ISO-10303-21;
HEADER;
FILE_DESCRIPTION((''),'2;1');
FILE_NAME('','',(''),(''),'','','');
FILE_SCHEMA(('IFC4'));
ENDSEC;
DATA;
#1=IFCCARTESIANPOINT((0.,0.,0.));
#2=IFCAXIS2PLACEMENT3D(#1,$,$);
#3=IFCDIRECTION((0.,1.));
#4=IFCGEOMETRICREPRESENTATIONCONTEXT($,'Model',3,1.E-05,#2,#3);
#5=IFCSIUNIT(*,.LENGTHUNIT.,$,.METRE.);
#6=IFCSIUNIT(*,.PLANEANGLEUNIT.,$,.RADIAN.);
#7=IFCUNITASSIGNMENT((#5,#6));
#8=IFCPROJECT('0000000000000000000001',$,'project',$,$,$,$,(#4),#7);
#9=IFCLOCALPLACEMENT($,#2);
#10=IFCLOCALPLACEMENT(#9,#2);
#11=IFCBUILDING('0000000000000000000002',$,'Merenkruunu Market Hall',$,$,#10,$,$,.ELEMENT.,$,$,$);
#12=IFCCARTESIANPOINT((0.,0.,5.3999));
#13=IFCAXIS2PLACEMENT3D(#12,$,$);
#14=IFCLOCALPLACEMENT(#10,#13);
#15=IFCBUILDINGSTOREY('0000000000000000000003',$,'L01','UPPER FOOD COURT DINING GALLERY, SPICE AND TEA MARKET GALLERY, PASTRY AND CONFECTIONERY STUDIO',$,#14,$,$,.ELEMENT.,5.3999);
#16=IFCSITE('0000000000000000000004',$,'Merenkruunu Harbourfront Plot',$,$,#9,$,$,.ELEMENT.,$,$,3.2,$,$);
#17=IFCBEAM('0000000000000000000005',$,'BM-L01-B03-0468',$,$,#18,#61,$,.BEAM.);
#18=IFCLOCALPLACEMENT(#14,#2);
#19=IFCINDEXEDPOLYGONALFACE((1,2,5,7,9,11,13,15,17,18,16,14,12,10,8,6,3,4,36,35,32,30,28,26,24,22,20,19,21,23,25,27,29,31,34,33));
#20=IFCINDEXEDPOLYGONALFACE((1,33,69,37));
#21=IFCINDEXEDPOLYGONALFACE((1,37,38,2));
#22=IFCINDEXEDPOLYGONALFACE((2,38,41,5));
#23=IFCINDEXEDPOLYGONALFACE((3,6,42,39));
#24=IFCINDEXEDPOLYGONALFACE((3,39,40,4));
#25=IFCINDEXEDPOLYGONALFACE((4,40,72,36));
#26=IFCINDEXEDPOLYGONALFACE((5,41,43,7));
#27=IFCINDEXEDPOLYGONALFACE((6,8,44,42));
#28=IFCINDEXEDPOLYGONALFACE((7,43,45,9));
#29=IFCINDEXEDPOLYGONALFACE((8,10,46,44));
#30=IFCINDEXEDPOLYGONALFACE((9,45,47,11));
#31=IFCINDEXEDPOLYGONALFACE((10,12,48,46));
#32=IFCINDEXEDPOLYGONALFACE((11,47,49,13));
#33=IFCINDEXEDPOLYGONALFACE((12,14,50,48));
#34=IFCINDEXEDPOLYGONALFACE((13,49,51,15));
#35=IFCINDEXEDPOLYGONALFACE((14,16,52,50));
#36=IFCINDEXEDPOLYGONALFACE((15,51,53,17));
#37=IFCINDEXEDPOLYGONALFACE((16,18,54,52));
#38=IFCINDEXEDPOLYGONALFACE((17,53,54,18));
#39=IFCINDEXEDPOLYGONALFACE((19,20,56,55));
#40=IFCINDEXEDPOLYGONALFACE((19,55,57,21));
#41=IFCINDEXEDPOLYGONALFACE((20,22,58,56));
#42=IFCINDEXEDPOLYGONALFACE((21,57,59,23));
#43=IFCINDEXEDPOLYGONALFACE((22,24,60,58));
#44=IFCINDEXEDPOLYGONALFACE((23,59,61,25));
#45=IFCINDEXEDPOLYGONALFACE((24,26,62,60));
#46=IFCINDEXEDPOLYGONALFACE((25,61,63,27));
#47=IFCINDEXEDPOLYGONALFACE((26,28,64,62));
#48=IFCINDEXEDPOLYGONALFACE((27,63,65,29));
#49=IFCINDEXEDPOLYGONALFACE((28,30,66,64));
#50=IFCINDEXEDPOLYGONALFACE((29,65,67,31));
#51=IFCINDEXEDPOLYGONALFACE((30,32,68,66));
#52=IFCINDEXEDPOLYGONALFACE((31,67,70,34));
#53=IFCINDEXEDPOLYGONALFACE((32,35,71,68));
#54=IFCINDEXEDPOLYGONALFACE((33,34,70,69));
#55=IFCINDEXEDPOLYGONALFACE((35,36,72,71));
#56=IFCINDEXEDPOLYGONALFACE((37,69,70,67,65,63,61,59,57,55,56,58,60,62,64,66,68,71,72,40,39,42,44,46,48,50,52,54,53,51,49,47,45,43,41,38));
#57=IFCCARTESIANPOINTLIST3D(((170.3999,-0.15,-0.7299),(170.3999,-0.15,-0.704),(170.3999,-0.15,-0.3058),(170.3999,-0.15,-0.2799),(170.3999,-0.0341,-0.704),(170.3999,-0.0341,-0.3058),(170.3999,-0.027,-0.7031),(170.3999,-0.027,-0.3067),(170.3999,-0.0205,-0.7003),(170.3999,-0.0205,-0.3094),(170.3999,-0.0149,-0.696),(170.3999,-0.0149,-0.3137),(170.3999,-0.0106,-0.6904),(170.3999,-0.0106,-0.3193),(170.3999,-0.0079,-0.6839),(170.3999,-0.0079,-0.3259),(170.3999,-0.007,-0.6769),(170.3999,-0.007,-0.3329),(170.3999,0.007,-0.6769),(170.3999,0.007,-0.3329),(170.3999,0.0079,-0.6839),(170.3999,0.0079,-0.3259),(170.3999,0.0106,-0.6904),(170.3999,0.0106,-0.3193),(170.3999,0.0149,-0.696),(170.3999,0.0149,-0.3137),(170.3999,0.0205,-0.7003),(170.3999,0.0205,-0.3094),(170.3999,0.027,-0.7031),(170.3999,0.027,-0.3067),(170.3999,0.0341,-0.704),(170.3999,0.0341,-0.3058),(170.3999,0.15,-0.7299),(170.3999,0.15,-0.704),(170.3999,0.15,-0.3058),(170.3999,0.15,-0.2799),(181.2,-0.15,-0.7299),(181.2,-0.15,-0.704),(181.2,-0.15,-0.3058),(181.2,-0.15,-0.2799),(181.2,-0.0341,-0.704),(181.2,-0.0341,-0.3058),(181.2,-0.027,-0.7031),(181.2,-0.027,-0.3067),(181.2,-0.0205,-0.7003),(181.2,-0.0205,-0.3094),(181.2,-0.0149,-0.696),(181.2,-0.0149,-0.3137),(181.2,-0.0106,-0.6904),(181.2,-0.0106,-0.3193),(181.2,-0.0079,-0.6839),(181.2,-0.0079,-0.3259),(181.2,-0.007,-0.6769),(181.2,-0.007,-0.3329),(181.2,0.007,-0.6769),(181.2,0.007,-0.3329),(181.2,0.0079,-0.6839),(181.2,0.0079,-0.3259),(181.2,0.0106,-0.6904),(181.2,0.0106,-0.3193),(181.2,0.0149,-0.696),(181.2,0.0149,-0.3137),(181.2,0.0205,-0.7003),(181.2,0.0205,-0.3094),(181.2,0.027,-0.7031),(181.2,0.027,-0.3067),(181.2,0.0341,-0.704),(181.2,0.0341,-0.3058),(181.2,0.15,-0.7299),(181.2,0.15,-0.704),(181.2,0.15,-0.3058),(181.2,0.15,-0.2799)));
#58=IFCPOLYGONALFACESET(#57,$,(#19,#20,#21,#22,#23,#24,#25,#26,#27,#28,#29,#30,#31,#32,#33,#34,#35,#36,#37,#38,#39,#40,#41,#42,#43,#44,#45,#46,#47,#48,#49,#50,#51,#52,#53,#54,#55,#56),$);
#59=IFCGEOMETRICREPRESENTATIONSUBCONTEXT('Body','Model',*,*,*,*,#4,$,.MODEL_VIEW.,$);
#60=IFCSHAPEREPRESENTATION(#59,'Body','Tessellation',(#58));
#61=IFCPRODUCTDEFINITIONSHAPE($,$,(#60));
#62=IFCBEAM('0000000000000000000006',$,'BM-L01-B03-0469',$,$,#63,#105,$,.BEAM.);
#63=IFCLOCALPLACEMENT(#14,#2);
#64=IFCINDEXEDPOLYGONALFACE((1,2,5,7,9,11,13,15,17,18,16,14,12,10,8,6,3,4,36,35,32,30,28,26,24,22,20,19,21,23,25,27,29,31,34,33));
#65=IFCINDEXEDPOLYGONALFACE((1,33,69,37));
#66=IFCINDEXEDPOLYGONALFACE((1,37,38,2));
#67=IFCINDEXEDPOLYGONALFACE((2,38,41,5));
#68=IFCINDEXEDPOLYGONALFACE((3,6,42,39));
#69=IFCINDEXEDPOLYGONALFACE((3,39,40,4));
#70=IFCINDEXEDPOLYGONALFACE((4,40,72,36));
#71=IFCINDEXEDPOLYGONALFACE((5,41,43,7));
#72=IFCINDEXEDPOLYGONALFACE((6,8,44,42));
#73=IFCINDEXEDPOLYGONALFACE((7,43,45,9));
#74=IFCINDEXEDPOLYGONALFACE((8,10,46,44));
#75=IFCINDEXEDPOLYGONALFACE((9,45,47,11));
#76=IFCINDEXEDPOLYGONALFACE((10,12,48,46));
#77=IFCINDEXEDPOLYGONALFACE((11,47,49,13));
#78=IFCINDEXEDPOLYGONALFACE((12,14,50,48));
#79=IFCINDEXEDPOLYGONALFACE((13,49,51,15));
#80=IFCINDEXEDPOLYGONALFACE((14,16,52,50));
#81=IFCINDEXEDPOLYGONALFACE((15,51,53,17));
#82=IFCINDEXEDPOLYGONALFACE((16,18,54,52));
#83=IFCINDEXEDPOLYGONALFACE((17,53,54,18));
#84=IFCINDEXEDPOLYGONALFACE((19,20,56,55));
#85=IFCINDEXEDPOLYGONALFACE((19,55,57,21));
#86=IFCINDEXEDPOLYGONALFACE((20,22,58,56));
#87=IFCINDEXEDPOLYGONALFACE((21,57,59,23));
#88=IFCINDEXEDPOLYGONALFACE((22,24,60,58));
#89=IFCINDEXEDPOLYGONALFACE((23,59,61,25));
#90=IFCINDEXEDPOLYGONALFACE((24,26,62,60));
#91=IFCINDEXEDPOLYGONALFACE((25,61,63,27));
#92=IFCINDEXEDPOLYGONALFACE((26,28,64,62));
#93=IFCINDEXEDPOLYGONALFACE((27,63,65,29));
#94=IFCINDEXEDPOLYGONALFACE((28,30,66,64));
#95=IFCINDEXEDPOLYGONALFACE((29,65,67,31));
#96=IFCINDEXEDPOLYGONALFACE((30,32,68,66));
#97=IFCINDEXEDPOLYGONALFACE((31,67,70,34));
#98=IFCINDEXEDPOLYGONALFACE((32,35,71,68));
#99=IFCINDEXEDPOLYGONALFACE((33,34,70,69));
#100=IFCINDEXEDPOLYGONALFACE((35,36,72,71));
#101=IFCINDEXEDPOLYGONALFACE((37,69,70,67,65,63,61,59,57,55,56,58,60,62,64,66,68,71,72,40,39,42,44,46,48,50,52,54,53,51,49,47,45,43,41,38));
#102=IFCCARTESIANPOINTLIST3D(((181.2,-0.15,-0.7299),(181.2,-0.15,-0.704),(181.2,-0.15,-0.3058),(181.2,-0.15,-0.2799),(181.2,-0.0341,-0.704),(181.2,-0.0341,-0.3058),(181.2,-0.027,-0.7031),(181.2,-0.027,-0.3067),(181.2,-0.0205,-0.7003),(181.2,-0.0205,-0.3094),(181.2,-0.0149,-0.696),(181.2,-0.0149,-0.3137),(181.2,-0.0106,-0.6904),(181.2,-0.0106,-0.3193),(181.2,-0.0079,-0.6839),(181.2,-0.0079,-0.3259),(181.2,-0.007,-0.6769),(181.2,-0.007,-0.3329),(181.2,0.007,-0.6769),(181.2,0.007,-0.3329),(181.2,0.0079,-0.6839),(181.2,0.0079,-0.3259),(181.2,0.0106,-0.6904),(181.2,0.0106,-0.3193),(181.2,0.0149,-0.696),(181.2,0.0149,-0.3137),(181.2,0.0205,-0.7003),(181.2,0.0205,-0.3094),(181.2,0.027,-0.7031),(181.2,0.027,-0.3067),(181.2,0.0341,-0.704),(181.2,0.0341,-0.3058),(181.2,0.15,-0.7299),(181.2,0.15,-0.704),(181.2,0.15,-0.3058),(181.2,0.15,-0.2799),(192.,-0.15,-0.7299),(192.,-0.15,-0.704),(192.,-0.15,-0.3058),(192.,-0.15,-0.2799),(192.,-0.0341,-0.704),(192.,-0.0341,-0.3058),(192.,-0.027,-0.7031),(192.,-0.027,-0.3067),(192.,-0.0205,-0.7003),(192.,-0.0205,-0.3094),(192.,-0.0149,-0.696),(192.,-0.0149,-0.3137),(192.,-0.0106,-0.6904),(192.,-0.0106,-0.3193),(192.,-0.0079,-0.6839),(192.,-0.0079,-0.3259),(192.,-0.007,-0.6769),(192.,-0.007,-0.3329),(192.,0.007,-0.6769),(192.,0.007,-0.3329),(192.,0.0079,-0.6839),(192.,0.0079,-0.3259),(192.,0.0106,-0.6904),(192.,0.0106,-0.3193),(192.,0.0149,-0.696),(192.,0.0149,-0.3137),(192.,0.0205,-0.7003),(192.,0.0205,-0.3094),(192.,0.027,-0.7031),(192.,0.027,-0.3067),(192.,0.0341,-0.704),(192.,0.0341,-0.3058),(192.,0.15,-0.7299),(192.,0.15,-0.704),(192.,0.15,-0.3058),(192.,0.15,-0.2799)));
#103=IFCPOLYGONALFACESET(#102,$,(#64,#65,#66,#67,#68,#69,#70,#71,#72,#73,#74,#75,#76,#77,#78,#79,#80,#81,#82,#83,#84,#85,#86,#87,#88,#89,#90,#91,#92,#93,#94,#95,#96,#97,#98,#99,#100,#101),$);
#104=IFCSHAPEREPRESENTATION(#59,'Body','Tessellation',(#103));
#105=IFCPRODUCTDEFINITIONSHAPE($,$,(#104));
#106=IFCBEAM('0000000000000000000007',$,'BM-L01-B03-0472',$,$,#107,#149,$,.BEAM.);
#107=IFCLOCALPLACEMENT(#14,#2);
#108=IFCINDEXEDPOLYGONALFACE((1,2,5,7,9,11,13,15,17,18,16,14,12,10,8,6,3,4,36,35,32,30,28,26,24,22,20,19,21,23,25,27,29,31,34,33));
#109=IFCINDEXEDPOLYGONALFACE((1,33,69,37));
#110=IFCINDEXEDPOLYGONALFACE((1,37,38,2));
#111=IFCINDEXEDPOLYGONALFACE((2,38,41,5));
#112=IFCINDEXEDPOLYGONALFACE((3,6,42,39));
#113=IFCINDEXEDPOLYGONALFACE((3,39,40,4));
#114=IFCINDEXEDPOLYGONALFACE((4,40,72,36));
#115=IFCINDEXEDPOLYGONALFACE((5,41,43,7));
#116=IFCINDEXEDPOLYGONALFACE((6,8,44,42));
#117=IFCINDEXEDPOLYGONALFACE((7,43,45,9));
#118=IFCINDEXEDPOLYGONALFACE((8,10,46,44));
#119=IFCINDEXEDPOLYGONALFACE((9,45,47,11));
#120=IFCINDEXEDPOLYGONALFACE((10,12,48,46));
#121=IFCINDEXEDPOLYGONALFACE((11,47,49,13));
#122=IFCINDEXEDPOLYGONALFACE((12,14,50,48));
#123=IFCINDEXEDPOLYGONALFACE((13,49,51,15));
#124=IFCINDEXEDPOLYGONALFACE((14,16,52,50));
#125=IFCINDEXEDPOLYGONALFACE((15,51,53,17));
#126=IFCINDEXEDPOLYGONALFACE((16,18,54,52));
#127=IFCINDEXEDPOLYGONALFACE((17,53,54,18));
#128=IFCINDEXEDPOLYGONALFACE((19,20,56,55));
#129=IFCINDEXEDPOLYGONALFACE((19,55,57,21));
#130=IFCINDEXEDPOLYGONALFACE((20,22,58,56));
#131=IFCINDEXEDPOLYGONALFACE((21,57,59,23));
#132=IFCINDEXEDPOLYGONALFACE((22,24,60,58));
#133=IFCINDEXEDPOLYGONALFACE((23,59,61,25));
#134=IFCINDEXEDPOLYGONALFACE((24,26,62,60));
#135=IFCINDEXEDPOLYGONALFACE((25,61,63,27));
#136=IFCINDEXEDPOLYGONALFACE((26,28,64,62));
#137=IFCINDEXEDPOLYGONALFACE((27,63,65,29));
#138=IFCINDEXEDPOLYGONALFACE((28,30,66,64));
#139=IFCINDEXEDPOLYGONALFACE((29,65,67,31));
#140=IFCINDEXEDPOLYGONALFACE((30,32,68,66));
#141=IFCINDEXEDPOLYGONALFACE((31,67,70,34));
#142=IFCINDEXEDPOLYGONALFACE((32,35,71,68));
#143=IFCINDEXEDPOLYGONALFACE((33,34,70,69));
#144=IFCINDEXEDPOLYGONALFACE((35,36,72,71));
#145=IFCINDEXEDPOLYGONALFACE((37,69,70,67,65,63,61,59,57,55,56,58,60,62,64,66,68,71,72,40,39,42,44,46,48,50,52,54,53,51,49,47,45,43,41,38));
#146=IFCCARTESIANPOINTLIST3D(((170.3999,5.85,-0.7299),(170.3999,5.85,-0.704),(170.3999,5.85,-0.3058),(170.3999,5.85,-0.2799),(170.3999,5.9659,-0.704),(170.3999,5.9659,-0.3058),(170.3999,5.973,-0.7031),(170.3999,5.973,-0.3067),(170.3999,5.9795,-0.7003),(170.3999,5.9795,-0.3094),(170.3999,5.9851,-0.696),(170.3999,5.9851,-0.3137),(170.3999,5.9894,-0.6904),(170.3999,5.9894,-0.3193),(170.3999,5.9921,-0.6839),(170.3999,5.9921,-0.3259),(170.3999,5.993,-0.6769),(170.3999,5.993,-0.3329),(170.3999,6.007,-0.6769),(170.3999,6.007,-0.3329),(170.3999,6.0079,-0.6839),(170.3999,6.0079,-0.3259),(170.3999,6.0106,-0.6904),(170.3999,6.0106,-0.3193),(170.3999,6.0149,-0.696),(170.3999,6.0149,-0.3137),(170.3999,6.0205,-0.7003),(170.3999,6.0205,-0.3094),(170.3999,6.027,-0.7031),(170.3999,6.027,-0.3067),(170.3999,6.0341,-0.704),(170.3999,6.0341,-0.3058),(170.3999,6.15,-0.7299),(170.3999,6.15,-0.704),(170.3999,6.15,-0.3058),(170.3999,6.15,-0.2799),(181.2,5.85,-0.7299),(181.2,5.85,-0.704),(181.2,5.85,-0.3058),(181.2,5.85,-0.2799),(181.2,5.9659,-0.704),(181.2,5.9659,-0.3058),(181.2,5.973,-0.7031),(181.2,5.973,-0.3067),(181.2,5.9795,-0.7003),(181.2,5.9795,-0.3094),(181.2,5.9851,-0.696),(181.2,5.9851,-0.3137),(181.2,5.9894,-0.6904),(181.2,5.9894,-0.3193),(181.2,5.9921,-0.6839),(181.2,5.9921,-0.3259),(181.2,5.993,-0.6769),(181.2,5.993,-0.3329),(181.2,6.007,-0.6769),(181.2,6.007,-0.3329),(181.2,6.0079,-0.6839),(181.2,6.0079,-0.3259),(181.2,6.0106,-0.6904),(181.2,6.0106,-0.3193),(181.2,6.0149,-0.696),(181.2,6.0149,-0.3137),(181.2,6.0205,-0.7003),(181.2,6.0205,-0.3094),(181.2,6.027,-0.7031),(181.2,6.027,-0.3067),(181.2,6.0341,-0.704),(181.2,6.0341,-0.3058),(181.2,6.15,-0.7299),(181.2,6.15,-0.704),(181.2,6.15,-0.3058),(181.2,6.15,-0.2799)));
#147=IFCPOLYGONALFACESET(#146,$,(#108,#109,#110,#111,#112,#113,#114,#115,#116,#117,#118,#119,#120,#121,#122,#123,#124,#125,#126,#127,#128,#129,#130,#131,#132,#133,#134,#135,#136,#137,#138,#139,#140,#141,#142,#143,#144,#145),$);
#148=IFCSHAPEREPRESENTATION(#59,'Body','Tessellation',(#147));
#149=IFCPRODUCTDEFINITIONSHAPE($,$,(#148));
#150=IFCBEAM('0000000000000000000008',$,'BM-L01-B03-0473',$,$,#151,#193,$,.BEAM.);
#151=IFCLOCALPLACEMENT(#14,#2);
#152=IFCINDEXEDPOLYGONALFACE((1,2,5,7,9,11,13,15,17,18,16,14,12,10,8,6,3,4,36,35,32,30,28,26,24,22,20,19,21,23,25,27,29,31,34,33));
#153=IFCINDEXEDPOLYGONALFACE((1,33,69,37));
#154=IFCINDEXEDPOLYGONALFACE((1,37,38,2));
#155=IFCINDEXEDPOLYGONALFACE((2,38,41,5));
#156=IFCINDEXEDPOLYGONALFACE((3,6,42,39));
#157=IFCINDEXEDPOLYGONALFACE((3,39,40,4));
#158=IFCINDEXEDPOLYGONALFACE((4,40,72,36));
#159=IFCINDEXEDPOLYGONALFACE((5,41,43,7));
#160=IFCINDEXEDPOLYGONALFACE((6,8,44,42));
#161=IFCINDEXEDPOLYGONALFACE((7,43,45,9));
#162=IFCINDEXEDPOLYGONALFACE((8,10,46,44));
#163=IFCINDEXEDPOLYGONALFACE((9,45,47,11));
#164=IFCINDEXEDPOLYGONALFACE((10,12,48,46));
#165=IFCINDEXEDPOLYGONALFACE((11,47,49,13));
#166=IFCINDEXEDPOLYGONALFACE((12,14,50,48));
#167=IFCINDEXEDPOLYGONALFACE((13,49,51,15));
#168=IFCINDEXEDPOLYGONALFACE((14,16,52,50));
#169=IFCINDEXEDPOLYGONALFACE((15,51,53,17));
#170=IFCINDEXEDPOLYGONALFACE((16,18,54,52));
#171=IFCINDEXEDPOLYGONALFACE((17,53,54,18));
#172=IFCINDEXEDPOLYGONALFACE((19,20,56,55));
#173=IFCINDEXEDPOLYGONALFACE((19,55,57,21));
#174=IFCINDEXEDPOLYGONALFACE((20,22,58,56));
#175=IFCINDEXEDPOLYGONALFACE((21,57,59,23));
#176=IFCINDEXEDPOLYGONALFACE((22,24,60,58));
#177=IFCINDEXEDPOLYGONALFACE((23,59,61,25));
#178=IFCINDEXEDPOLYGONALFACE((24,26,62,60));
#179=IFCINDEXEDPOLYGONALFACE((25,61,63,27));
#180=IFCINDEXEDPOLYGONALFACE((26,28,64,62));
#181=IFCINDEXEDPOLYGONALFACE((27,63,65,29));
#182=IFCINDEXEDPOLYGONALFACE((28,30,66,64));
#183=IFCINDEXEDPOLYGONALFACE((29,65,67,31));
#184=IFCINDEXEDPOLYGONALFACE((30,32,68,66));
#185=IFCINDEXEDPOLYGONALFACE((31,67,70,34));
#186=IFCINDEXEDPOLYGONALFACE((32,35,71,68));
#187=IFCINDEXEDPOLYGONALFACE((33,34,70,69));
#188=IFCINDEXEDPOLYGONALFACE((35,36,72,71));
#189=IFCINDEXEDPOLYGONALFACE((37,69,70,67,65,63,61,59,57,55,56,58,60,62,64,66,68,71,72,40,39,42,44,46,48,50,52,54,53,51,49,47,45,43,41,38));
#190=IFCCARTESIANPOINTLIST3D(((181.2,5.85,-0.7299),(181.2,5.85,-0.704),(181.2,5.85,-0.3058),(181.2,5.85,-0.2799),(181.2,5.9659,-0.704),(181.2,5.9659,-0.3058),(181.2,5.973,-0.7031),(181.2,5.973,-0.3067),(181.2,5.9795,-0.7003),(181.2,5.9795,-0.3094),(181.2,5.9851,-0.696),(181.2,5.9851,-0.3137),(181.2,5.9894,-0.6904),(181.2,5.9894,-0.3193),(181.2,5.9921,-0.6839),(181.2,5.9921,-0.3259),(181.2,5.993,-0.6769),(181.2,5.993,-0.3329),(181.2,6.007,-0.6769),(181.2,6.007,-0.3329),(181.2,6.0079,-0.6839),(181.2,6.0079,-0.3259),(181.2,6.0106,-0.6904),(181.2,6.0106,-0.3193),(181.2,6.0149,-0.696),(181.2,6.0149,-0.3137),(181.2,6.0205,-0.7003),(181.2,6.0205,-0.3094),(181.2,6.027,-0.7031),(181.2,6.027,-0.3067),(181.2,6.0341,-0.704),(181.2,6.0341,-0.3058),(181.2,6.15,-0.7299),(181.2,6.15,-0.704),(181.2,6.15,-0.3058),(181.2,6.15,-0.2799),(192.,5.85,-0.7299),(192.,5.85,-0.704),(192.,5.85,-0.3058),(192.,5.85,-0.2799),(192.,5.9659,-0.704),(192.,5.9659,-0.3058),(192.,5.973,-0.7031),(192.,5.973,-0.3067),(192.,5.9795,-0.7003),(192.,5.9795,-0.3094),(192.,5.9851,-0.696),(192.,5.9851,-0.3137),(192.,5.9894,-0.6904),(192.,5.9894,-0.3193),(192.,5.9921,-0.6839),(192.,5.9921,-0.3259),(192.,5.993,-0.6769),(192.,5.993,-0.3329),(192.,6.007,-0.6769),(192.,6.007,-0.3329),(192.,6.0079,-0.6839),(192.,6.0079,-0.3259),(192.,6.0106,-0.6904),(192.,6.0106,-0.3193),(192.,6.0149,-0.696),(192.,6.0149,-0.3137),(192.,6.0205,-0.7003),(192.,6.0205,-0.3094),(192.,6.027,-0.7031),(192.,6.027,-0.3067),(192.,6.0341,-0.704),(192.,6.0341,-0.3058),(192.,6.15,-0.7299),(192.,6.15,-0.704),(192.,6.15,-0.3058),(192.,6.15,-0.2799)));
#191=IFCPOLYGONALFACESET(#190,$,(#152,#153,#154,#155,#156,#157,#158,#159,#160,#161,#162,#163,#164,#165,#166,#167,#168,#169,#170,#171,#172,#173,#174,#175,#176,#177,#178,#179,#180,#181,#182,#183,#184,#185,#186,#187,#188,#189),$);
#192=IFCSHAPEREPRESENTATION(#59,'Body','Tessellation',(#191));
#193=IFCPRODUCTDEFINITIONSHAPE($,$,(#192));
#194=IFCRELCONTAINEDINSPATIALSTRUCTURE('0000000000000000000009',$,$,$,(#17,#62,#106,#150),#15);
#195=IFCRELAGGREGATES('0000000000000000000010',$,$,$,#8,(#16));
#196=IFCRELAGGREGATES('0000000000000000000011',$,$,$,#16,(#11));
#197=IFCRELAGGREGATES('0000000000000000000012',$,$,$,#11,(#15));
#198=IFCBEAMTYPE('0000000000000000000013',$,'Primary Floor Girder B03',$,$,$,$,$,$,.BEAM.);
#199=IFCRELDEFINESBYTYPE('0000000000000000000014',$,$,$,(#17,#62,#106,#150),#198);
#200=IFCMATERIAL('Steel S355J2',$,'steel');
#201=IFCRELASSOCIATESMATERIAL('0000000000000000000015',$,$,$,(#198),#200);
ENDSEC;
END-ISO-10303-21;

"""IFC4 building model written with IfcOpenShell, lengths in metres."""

from ifc_helpers import new_model, si_unit, direction, frame, origin, origin_2d, place, context, subcontext, project, spatial, i_section, extrude, material, material_profile, profile_set, type_object, element, save


model = new_model("IFC4")

# Units and contexts
model_context = context("Model", 3, precision=1e-05, world=origin(), true_north=direction((0.0, 1.0)))
body_context = subcontext(model_context, "Body", "Model", "MODEL_VIEW")
ifc_project = project(units=[si_unit("LENGTHUNIT", "METRE"), si_unit("PLANEANGLEUNIT", "RADIAN")], contexts=[model_context])

# Site, building, storey
site_placement = place(None, origin())
site = spatial("IfcSite", under=ifc_project, at=site_placement, Name="Merenkruunu Harbourfront Plot", CompositionType="ELEMENT", RefElevation=3.2)
building_placement = place(site_placement, origin())
building = spatial("IfcBuilding", under=site, at=building_placement, Name="Merenkruunu Market Hall", CompositionType="ELEMENT")
storey_placement = place(building_placement, frame((0.0, 0.0, 5.3999)))
storey = spatial("IfcBuildingStorey", under=building, at=storey_placement, Name="L01", Description="UPPER FOOD COURT DINING GALLERY, SPICE AND TEA MARKET GALLERY, PASTRY AND CONFECTIONERY STUDIO", CompositionType="ELEMENT", Elevation=5.3999)

# Shared definitions
ifc_material_1 = material(Name="Steel S355J2", Category="steel")

# Beams
ifc_material_profile_1 = material_profile(ifc_material_1, i_section(OverallWidth=0.3, OverallDepth=0.45, WebThickness=0.0139, FlangeThickness=0.0259, FilletRadius=0.0271, at=origin_2d()), Name="HEB 450")
ifc_profile_set_1 = profile_set([ifc_material_profile_1], Name="Steel S355J2")
beam_type_1 = type_object("IfcBeamType", Name="Primary Floor Girder B03", PredefinedType="BEAM", material=ifc_profile_set_1)
for number, where, z_axis, x_axis, name in (
    (1, (170.3999, 0.0, -0.5049), (1.0, 0.0, 0.0), (0.0, 1.0, 0.0), "BM-L01-B03-0468"),
    (2, (181.2, 0.0, -0.5049), (1.0, 0.0, 0.0), (0.0, 1.0, 0.0), "BM-L01-B03-0469"),
    (3, (170.3999, 6.0, -0.5049), (1.0, 0.0, 0.0), (0.0, 1.0, 0.0), "BM-L01-B03-0472"),
    (4, (181.2, 6.0, -0.5049), (1.0, 0.0, 0.0), (0.0, 1.0, 0.0), "BM-L01-B03-0473"),
):
    element("IfcBeam", number, at=place(storey_placement, frame(where, z_axis=z_axis, x_axis=x_axis)), inside=storey, type_object=beam_type_1, Name=name, PredefinedType="BEAM", context=body_context, shape_type="SweptSolid", body=[
        extrude(i_section(OverallWidth=0.3, OverallDepth=0.45, WebThickness=0.0139, FlangeThickness=0.0259, FilletRadius=0.0271, at=origin_2d()), origin(), (0.0, 0.0, 1.0), 10.8),
    ])

save(model, "model.ifc")
